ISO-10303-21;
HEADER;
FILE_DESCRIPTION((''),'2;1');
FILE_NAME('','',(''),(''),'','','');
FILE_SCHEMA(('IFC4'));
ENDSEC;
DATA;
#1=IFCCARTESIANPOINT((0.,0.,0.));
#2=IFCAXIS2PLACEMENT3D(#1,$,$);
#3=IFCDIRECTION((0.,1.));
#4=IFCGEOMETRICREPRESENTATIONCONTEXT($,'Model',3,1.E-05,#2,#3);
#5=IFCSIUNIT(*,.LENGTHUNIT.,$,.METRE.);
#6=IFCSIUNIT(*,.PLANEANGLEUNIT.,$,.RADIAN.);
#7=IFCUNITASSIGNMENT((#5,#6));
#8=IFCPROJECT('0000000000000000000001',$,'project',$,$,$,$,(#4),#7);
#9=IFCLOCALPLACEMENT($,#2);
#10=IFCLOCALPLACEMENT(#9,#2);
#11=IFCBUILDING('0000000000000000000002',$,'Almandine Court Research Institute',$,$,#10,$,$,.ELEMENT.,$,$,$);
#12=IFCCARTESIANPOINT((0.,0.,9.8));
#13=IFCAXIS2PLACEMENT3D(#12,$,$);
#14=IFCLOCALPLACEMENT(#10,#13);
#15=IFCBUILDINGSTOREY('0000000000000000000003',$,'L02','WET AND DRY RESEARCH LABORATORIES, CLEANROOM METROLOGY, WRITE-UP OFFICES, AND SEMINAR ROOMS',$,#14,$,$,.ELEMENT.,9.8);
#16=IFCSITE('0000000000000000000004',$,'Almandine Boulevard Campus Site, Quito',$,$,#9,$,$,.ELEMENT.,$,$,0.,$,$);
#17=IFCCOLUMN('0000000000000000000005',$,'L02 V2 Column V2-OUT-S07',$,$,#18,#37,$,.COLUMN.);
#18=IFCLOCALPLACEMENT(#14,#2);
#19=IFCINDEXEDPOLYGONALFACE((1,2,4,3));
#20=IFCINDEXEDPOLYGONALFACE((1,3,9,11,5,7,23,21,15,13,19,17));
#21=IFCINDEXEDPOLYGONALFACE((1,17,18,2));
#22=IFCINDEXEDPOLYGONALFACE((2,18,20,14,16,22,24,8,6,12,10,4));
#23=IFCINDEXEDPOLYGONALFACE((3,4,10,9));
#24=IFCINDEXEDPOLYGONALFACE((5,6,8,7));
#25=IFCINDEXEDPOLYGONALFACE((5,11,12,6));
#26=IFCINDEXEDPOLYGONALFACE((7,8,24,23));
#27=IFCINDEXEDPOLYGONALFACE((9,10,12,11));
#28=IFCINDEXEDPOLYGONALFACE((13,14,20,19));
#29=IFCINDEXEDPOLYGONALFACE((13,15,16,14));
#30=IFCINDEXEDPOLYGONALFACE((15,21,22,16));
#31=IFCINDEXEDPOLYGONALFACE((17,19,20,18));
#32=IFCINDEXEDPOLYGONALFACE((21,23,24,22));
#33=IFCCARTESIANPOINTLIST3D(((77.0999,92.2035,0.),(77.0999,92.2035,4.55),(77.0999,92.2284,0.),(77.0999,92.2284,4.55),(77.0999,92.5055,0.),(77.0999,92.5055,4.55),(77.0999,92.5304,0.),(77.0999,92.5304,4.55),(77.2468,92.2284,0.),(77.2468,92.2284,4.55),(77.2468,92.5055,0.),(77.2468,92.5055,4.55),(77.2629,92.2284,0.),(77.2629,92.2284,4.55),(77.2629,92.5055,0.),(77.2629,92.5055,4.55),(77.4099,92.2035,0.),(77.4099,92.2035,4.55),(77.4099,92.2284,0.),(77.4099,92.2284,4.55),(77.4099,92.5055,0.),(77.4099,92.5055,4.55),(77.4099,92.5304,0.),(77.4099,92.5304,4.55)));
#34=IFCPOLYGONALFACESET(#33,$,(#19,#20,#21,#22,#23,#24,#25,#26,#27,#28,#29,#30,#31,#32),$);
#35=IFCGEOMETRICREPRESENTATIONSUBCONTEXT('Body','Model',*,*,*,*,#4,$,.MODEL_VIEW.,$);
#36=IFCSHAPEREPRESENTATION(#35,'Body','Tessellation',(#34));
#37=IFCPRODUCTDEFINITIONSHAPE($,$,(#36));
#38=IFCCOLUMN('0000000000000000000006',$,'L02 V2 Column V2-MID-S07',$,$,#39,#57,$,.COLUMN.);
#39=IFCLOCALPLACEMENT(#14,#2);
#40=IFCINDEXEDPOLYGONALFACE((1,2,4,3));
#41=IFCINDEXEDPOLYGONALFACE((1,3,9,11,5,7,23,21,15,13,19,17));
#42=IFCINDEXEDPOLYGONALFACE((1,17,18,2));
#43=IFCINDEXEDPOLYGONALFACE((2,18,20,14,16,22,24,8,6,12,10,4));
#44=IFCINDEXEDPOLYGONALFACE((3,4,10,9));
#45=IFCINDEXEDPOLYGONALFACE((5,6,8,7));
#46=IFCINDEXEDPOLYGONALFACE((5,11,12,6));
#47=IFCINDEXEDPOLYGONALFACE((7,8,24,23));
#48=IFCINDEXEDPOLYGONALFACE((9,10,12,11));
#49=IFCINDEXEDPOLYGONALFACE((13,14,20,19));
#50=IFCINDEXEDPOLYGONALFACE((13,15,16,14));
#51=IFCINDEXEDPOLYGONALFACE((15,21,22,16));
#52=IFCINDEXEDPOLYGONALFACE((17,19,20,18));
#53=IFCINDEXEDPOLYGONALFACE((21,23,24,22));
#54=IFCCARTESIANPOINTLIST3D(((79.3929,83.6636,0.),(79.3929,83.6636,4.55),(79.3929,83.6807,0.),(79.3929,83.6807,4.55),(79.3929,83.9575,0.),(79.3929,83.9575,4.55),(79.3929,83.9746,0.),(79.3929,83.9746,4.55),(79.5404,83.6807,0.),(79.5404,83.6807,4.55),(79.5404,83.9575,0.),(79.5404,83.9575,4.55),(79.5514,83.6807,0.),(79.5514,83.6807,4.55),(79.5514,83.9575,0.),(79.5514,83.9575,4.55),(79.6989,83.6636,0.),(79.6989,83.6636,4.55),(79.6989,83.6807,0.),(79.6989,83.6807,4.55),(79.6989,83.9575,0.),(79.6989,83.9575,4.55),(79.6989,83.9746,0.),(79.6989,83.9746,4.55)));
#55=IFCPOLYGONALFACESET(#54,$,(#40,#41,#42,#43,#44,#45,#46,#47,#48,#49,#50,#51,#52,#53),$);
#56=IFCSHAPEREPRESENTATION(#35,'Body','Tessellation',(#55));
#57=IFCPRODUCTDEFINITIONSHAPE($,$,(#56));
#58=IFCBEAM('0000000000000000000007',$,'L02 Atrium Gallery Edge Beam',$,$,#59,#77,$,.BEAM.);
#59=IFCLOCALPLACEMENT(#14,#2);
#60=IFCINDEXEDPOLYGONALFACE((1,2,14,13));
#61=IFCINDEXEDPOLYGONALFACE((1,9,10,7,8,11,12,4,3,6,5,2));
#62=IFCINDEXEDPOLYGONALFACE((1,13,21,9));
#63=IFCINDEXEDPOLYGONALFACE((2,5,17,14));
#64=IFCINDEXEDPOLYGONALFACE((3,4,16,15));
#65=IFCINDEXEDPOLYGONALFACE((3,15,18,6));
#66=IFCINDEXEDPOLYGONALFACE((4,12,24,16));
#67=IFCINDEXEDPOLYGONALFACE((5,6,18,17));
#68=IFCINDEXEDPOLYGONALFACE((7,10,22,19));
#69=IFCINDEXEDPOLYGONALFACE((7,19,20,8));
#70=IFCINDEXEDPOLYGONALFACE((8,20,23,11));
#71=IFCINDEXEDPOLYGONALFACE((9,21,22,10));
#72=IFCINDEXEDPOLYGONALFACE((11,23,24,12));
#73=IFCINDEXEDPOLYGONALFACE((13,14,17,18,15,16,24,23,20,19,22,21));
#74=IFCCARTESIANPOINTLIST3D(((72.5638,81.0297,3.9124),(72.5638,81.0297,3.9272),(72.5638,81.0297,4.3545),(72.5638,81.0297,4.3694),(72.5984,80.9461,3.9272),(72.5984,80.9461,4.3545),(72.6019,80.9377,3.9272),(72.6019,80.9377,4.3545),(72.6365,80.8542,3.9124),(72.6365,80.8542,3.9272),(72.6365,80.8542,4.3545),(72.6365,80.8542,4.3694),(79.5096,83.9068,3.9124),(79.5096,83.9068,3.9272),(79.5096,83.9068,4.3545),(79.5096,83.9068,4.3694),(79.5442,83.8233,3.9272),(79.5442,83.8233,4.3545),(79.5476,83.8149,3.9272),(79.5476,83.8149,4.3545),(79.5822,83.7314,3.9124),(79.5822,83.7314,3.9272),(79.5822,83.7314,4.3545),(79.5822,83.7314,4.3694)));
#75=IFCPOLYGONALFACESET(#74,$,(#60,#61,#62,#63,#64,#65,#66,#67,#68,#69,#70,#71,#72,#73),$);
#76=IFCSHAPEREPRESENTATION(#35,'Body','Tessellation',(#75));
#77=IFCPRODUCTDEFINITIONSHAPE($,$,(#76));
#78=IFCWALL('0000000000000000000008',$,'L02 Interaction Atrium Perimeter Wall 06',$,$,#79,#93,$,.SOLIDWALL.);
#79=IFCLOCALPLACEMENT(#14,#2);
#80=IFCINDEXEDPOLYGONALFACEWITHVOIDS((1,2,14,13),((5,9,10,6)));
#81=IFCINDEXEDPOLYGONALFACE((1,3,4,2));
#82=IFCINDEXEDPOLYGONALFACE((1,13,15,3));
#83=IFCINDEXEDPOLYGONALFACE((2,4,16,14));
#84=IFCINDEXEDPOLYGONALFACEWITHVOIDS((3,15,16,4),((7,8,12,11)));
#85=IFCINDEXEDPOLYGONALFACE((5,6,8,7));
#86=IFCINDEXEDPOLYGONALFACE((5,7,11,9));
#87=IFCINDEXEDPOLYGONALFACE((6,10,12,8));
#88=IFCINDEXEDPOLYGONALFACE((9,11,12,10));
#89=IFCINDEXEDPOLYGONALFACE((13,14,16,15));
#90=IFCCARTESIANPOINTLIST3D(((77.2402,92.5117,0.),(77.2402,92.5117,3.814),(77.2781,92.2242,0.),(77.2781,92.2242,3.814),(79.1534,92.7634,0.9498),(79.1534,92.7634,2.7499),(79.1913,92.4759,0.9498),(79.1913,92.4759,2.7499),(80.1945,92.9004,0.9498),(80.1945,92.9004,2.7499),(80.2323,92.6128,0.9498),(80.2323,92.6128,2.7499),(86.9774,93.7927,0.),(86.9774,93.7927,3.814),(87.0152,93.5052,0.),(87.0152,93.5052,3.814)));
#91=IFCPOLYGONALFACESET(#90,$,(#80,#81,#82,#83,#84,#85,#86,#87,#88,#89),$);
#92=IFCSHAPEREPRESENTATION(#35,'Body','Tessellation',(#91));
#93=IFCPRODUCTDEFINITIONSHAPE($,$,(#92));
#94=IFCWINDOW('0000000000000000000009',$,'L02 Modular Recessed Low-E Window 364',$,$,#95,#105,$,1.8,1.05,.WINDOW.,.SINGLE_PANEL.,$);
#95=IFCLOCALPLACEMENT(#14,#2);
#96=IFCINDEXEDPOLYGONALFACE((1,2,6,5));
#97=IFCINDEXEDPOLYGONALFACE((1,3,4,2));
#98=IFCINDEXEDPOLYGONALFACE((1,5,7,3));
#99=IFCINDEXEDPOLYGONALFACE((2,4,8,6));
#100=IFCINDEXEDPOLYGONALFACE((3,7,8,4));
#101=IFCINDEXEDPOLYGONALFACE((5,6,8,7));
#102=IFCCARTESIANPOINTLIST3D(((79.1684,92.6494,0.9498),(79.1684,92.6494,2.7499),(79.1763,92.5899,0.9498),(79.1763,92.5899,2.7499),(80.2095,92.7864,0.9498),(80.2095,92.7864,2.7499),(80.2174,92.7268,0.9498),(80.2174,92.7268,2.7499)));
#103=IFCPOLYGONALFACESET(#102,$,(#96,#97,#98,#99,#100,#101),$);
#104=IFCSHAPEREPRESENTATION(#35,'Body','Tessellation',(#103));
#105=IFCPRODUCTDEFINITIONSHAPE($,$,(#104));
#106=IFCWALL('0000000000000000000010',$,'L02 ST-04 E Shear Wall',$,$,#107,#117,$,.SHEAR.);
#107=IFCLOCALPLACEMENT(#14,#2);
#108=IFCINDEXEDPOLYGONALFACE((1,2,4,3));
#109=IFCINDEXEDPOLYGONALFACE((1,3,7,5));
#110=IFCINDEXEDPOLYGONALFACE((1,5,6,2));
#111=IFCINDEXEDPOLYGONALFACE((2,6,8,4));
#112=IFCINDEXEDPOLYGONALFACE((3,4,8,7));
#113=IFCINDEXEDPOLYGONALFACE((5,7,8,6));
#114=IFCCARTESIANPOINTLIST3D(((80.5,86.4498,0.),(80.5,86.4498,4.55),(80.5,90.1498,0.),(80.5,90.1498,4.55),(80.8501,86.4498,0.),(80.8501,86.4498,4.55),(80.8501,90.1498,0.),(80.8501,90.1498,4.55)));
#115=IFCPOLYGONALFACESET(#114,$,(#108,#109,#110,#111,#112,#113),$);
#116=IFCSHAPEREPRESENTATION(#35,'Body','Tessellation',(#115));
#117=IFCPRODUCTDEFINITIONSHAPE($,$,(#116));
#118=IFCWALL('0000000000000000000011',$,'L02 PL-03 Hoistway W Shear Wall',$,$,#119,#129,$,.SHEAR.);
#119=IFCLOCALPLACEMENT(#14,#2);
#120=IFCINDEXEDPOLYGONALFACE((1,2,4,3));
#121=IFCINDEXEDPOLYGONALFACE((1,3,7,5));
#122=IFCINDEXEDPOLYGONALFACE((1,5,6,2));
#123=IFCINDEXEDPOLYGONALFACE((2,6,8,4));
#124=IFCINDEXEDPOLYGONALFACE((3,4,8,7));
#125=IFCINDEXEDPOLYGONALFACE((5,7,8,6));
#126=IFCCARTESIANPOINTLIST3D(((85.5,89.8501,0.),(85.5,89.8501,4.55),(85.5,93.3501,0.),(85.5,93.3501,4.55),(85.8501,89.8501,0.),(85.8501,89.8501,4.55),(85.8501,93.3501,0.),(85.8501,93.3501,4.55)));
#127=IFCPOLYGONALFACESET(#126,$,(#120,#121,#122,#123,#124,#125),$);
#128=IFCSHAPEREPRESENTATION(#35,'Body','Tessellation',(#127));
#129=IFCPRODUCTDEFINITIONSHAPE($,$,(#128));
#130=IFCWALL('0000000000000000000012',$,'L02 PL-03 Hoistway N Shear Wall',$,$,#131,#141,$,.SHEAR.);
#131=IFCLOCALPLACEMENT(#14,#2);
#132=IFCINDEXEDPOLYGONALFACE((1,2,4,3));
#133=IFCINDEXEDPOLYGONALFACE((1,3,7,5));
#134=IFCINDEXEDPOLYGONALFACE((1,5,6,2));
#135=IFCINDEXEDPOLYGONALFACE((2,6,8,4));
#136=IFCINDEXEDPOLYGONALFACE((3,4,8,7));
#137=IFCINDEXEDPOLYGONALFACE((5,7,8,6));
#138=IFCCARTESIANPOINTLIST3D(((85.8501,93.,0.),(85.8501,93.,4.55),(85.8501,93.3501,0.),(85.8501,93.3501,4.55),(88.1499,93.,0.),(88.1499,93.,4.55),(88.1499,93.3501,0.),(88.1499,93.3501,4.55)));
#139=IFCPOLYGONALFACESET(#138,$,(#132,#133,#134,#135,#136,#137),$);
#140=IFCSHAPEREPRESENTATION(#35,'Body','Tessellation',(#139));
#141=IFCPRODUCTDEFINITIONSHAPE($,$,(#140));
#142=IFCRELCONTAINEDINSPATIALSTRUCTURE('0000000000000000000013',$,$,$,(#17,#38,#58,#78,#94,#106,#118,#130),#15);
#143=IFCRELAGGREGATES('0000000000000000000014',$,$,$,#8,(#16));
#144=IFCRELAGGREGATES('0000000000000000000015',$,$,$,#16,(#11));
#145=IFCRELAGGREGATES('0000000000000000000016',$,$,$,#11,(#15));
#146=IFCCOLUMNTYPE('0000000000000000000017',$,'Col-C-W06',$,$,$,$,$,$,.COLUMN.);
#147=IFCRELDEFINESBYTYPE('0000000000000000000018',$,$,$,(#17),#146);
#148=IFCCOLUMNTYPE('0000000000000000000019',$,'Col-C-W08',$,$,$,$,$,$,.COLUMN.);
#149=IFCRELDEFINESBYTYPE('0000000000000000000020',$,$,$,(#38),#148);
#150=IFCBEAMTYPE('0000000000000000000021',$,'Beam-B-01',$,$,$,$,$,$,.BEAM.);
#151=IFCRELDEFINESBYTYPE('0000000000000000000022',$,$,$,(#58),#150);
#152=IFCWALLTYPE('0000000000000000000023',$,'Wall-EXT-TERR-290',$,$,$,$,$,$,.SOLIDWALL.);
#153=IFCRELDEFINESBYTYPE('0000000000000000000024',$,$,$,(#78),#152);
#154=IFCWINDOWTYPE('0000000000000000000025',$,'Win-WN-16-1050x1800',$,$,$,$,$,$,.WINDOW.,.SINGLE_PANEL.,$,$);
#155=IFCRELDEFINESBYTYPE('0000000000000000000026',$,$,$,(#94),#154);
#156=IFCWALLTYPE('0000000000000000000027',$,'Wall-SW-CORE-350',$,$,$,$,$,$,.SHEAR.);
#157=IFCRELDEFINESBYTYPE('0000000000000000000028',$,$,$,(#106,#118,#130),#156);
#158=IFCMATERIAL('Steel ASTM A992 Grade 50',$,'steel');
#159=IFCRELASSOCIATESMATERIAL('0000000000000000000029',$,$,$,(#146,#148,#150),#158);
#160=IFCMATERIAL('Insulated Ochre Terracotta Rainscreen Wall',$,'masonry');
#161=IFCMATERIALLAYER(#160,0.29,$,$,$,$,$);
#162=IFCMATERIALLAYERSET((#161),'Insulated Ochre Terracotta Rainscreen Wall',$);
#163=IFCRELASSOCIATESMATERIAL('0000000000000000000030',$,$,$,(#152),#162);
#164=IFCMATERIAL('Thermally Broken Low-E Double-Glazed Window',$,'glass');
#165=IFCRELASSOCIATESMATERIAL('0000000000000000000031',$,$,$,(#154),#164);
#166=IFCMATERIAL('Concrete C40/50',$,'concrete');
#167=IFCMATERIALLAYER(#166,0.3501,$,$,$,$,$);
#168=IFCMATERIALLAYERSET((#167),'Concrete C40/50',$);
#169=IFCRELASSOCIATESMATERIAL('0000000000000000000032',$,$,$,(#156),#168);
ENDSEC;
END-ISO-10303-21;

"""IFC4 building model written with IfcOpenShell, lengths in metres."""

from ifc_helpers import new_model, si_unit, direction, frame, frame_2d, origin, origin_2d, place, context, subcontext, project, spatial, rectangle, i_section, extrude, material, layer, layer_set, material_profile, profile_set, type_object, element, fill, save


model = new_model("IFC4")

# Units and contexts
model_context = context("Model", 3, precision=1e-05, world=origin(), true_north=direction((0.0, 1.0)))
body_context = subcontext(model_context, "Body", "Model", "MODEL_VIEW")
ifc_project = project(units=[si_unit("LENGTHUNIT", "METRE"), si_unit("PLANEANGLEUNIT", "RADIAN")], contexts=[model_context])

# Site, building, storey
site_placement = place(None, origin())
site = spatial("IfcSite", under=ifc_project, at=site_placement, Name="Almandine Boulevard Campus Site, Quito", CompositionType="ELEMENT", RefElevation=0.0)
building_placement = place(site_placement, origin())
building = spatial("IfcBuilding", under=site, at=building_placement, Name="Almandine Court Research Institute", CompositionType="ELEMENT")
storey_placement = place(building_placement, frame((0.0, 0.0, 9.8)))
storey = spatial("IfcBuildingStorey", under=building, at=storey_placement, Name="L02", Description="WET AND DRY RESEARCH LABORATORIES, CLEANROOM METROLOGY, WRITE-UP OFFICES, AND SEMINAR ROOMS", CompositionType="ELEMENT", Elevation=9.8)

# Columns
ifc_material_1 = material(Name="Steel ASTM A992 Grade 50", Category="steel")
ifc_material_profile_1 = material_profile(ifc_material_1, i_section(OverallWidth=0.3101, OverallDepth=0.3269, WebThickness=0.0161, FlangeThickness=0.0249, at=origin_2d()), Name="W310x158")
ifc_profile_set_1 = profile_set([ifc_material_profile_1], Name="Steel ASTM A992 Grade 50")
column_type_1 = type_object("IfcColumnType", Name="Col-C-W06", PredefinedType="COLUMN", material=ifc_profile_set_1)
column_1_placement = place(storey_placement, frame((77.2549, 92.3669, 0.0), z_axis=(0.0, 0.0, 1.0), x_axis=(1.0, 0.0, 0.0)))
element("IfcColumn", 1, at=column_1_placement, inside=storey, type_object=column_type_1, Name="L02 V2 Column V2-OUT-S07", PredefinedType="COLUMN", context=body_context, shape_type="SweptSolid", body=[
    extrude(i_section(OverallWidth=0.3101, OverallDepth=0.3269, WebThickness=0.0161, FlangeThickness=0.0249, at=origin_2d()), origin(), (0.0, 0.0, 1.0), 4.55),
])
ifc_material_profile_2 = material_profile(ifc_material_1, i_section(OverallWidth=0.3059, OverallDepth=0.311, WebThickness=0.011, FlangeThickness=0.0171, at=origin_2d()), Name="W310x107")
ifc_profile_set_2 = profile_set([ifc_material_profile_2], Name="Steel ASTM A992 Grade 50")
column_type_2 = type_object("IfcColumnType", Name="Col-C-W08", PredefinedType="COLUMN", material=ifc_profile_set_2)
column_2_placement = place(storey_placement, frame((79.5459, 83.8191, 0.0), z_axis=(0.0, 0.0, 1.0), x_axis=(1.0, 0.0, 0.0)))
element("IfcColumn", 2, at=column_2_placement, inside=storey, type_object=column_type_2, Name="L02 V2 Column V2-MID-S07", PredefinedType="COLUMN", context=body_context, shape_type="SweptSolid", body=[
    extrude(i_section(OverallWidth=0.3059, OverallDepth=0.311, WebThickness=0.011, FlangeThickness=0.0171, at=origin_2d()), origin(), (0.0, 0.0, 1.0), 4.55),
])

# Beam
ifc_material_profile_3 = material_profile(ifc_material_1, i_section(OverallWidth=0.1899, OverallDepth=0.457, WebThickness=0.009, FlangeThickness=0.0149, at=origin_2d()), Name="W460x74")
ifc_profile_set_3 = profile_set([ifc_material_profile_3], Name="Steel ASTM A992 Grade 50")
beam_type = type_object("IfcBeamType", Name="Beam-B-01", PredefinedType="BEAM", material=ifc_profile_set_3)
beam_placement = place(storey_placement, frame((79.5459, 83.8191, 4.1409), z_axis=(-0.923872, -0.382701, 0.0), x_axis=(0.382701, -0.923872, 0.0)))
element("IfcBeam", 3, at=beam_placement, inside=storey, type_object=beam_type, Name="L02 Atrium Gallery Edge Beam", PredefinedType="BEAM", context=body_context, shape_type="SweptSolid", body=[
    extrude(i_section(OverallWidth=0.1899, OverallDepth=0.457, WebThickness=0.009, FlangeThickness=0.0149, at=origin_2d()), origin(), (0.0, 0.0, 1.0), 7.5181),
])

# Wall, opening, window
ifc_material_2 = material(Name="Insulated Ochre Terracotta Rainscreen Wall", Category="masonry")
ifc_layer_1 = layer(ifc_material_2, 0.29)
ifc_layer_set_1 = layer_set([ifc_layer_1], Name="Insulated Ochre Terracotta Rainscreen Wall")
wall_type_1 = type_object("IfcWallType", Name="Wall-EXT-TERR-290", PredefinedType="SOLIDWALL", material=ifc_layer_set_1)
wall_1_placement = place(storey_placement, frame((77.259, 92.3679, 0.0), z_axis=(0.0, 0.0, 1.0), x_axis=(0.991457, 0.130436, 0.0)))
wall_1 = element("IfcWall", 4, at=wall_1_placement, inside=storey, type_object=wall_type_1, Name="L02 Interaction Atrium Perimeter Wall 06", PredefinedType="SOLIDWALL", context=body_context, shape_type="SweptSolid", body=[
    extrude(rectangle(XDim=9.821, YDim=0.29, at=frame_2d((4.9106, 0.0))), origin(), (0.0, 0.0, 1.0), 3.814),
])
opening_1_placement = place(wall_1_placement, frame((1.9299, 0.0, 0.95)))
opening_1 = element("IfcOpeningElement", 5, at=opening_1_placement, cuts=wall_1, PredefinedType="OPENING", context=body_context, shape_type="SweptSolid", body=[
    extrude(rectangle(XDim=1.05, YDim=1.8, at=frame_2d((0.5249, 0.8999))), frame((0.0, 0.155, 0.0), z_axis=(0.0, -1.0, 0.0), x_axis=(1.0, 0.0, 0.0)), (0.0, 0.0, 1.0), 0.3101),
])
ifc_material_3 = material(Name="Thermally Broken Low-E Double-Glazed Window", Category="glass")
window_type = type_object("IfcWindowType", Name="Win-WN-16-1050x1800", PartitioningType="SINGLE_PANEL", PredefinedType="WINDOW", material=ifc_material_3)
window_placement = place(opening_1_placement, origin())
window = element("IfcWindow", 6, at=window_placement, inside=storey, type_object=window_type, Name="L02 Modular Recessed Low-E Window 364", OverallHeight=1.8, OverallWidth=1.05, PartitioningType="SINGLE_PANEL", PredefinedType="WINDOW", context=body_context, shape_type="SweptSolid", body=[
    extrude(rectangle(XDim=1.05, YDim=1.8, at=frame_2d((0.5249, 0.8999))), frame((0.0, 0.03, 0.0), z_axis=(0.0, -1.0, 0.0), x_axis=(1.0, 0.0, 0.0)), (0.0, 0.0, 1.0), 0.0601),
])
fill(opening_1, window)

# Wall
ifc_material_4 = material(Name="Concrete C40/50", Category="concrete")
ifc_layer_2 = layer(ifc_material_4, 0.3501)
ifc_layer_set_2 = layer_set([ifc_layer_2], Name="Concrete C40/50")
wall_type_2 = type_object("IfcWallType", Name="Wall-SW-CORE-350", PredefinedType="SHEAR", material=ifc_layer_set_2)
wall_2_placement = place(storey_placement, frame((80.675, 90.1499, 0.0), z_axis=(0.0, 0.0, 1.0), x_axis=(0.0, -1.0, 0.0)))
element("IfcWall", 7, at=wall_2_placement, inside=storey, type_object=wall_type_2, Name="L02 ST-04 E Shear Wall", PredefinedType="SHEAR", context=body_context, shape_type="SweptSolid", body=[
    extrude(rectangle(XDim=3.7, YDim=0.3501, at=frame_2d((1.8501, 0.0))), origin(), (0.0, 0.0, 1.0), 4.55),
])

# Walls
wall_3_placement = place(storey_placement, frame((85.675, 89.8501, 0.0), z_axis=(0.0, 0.0, 1.0), x_axis=(0.0, 1.0, 0.0)))
element("IfcWall", 8, at=wall_3_placement, inside=storey, type_object=wall_type_2, Name="L02 PL-03 Hoistway W Shear Wall", PredefinedType="SHEAR", context=body_context, shape_type="SweptSolid", body=[
    extrude(rectangle(XDim=3.5, YDim=0.3501, at=frame_2d((1.75, 0.0))), origin(), (0.0, 0.0, 1.0), 4.55),
])
wall_4_placement = place(storey_placement, frame((85.8501, 93.175, 0.0), z_axis=(0.0, 0.0, 1.0), x_axis=(1.0, 0.0, 0.0)))
element("IfcWall", 9, at=wall_4_placement, inside=storey, type_object=wall_type_2, Name="L02 PL-03 Hoistway N Shear Wall", PredefinedType="SHEAR", context=body_context, shape_type="SweptSolid", body=[
    extrude(rectangle(XDim=2.2998, YDim=0.3501, at=frame_2d((1.1499, 0.0))), origin(), (0.0, 0.0, 1.0), 4.55),
])

save(model, "model.ifc")
